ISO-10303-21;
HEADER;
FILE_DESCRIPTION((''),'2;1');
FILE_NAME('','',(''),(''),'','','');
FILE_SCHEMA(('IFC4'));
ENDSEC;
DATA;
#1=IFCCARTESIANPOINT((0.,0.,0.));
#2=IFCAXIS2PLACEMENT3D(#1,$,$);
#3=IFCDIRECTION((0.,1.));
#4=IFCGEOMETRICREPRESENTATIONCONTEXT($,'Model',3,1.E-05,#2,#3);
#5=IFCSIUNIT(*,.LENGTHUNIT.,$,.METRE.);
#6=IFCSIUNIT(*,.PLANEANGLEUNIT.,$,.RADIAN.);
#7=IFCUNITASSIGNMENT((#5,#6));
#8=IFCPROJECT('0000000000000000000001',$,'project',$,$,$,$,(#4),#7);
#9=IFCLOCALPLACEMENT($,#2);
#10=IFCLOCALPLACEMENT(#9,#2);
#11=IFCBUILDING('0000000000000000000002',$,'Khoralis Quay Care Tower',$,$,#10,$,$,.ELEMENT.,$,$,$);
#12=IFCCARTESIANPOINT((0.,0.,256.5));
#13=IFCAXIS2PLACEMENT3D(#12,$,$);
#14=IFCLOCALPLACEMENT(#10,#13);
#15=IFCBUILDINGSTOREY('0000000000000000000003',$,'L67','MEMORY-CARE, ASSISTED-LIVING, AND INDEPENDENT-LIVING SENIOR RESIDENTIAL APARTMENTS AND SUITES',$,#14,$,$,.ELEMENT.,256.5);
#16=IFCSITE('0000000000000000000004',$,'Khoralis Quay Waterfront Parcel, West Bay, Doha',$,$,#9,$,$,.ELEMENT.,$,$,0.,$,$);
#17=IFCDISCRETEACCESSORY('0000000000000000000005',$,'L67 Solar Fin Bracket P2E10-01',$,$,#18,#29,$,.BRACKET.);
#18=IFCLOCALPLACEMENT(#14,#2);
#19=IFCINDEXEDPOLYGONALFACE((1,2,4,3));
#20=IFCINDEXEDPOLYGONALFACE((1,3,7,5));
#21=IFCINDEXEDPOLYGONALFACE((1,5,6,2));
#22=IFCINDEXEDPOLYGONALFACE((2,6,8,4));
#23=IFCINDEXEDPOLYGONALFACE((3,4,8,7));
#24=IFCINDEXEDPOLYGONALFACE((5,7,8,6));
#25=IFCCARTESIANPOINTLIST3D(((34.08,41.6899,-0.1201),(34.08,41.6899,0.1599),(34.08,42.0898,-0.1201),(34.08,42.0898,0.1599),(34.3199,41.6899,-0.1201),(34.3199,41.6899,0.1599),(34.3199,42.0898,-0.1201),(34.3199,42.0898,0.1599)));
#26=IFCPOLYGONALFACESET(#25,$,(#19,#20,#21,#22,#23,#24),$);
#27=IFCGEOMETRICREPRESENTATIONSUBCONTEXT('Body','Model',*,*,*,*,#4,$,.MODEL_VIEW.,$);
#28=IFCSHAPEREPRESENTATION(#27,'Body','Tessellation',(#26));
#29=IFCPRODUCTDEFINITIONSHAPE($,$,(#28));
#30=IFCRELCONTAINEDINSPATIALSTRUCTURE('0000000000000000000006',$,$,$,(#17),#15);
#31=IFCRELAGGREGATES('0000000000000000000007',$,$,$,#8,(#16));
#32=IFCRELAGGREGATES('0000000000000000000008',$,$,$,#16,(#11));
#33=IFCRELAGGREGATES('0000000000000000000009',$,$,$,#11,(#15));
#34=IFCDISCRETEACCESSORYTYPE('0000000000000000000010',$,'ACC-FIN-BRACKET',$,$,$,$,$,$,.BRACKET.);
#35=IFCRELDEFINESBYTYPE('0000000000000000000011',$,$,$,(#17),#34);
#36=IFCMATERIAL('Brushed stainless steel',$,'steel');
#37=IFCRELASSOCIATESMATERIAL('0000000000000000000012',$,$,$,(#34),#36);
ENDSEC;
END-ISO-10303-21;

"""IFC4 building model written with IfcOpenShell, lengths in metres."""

from ifc_helpers import new_model, si_unit, direction, frame, origin, origin_2d, place, context, subcontext, project, spatial, rectangle, extrude, source, transform, mapped, material, type_object, element, save


model = new_model("IFC4")

# Units and contexts
model_context = context("Model", 3, precision=1e-05, world=origin(), true_north=direction((0.0, 1.0)))
body_context = subcontext(model_context, "Body", "Model", "MODEL_VIEW")
ifc_project = project(units=[si_unit("LENGTHUNIT", "METRE"), si_unit("PLANEANGLEUNIT", "RADIAN")], contexts=[model_context])

# Site, building, storey
site_placement = place(None, origin())
site = spatial("IfcSite", under=ifc_project, at=site_placement, Name="Khoralis Quay Waterfront Parcel, West Bay, Doha", CompositionType="ELEMENT", RefElevation=0.0)
building_placement = place(site_placement, origin())
building = spatial("IfcBuilding", under=site, at=building_placement, Name="Khoralis Quay Care Tower", CompositionType="ELEMENT")
storey_placement = place(building_placement, frame((0.0, 0.0, 256.5)))
storey = spatial("IfcBuildingStorey", under=building, at=storey_placement, Name="L67", Description="MEMORY-CARE, ASSISTED-LIVING, AND INDEPENDENT-LIVING SENIOR RESIDENTIAL APARTMENTS AND SUITES", CompositionType="ELEMENT", Elevation=256.5)

# Discrete accessory
ifc_material_1 = material(Name="Brushed stainless steel", Category="steel")
discrete_accessory_type = type_object("IfcDiscreteAccessoryType", Name="ACC-FIN-BRACKET", PredefinedType="BRACKET", material=ifc_material_1)
shared_shape_1 = source(origin(), body_context, "Body", "SweptSolid", [
    extrude(rectangle(XDim=0.3999, YDim=0.24, at=origin_2d()), origin(), (0.0, 0.0, 1.0), 0.28),
])
discrete_accessory_placement = place(storey_placement, frame((34.2, 41.8899, -0.1201), z_axis=(0.0, 0.0, 1.0), x_axis=(0.0, 1.0, 0.0)))
element("IfcDiscreteAccessory", 1, at=discrete_accessory_placement, inside=storey, type_object=discrete_accessory_type, Name="L67 Solar Fin Bracket P2E10-01", PredefinedType="BRACKET", context=body_context, shape_type="MappedRepresentation", body=[
    mapped(shared_shape_1, transform((0.0, 0.0, 0.0), scale=1.0)),
])

save(model, "model.ifc")
